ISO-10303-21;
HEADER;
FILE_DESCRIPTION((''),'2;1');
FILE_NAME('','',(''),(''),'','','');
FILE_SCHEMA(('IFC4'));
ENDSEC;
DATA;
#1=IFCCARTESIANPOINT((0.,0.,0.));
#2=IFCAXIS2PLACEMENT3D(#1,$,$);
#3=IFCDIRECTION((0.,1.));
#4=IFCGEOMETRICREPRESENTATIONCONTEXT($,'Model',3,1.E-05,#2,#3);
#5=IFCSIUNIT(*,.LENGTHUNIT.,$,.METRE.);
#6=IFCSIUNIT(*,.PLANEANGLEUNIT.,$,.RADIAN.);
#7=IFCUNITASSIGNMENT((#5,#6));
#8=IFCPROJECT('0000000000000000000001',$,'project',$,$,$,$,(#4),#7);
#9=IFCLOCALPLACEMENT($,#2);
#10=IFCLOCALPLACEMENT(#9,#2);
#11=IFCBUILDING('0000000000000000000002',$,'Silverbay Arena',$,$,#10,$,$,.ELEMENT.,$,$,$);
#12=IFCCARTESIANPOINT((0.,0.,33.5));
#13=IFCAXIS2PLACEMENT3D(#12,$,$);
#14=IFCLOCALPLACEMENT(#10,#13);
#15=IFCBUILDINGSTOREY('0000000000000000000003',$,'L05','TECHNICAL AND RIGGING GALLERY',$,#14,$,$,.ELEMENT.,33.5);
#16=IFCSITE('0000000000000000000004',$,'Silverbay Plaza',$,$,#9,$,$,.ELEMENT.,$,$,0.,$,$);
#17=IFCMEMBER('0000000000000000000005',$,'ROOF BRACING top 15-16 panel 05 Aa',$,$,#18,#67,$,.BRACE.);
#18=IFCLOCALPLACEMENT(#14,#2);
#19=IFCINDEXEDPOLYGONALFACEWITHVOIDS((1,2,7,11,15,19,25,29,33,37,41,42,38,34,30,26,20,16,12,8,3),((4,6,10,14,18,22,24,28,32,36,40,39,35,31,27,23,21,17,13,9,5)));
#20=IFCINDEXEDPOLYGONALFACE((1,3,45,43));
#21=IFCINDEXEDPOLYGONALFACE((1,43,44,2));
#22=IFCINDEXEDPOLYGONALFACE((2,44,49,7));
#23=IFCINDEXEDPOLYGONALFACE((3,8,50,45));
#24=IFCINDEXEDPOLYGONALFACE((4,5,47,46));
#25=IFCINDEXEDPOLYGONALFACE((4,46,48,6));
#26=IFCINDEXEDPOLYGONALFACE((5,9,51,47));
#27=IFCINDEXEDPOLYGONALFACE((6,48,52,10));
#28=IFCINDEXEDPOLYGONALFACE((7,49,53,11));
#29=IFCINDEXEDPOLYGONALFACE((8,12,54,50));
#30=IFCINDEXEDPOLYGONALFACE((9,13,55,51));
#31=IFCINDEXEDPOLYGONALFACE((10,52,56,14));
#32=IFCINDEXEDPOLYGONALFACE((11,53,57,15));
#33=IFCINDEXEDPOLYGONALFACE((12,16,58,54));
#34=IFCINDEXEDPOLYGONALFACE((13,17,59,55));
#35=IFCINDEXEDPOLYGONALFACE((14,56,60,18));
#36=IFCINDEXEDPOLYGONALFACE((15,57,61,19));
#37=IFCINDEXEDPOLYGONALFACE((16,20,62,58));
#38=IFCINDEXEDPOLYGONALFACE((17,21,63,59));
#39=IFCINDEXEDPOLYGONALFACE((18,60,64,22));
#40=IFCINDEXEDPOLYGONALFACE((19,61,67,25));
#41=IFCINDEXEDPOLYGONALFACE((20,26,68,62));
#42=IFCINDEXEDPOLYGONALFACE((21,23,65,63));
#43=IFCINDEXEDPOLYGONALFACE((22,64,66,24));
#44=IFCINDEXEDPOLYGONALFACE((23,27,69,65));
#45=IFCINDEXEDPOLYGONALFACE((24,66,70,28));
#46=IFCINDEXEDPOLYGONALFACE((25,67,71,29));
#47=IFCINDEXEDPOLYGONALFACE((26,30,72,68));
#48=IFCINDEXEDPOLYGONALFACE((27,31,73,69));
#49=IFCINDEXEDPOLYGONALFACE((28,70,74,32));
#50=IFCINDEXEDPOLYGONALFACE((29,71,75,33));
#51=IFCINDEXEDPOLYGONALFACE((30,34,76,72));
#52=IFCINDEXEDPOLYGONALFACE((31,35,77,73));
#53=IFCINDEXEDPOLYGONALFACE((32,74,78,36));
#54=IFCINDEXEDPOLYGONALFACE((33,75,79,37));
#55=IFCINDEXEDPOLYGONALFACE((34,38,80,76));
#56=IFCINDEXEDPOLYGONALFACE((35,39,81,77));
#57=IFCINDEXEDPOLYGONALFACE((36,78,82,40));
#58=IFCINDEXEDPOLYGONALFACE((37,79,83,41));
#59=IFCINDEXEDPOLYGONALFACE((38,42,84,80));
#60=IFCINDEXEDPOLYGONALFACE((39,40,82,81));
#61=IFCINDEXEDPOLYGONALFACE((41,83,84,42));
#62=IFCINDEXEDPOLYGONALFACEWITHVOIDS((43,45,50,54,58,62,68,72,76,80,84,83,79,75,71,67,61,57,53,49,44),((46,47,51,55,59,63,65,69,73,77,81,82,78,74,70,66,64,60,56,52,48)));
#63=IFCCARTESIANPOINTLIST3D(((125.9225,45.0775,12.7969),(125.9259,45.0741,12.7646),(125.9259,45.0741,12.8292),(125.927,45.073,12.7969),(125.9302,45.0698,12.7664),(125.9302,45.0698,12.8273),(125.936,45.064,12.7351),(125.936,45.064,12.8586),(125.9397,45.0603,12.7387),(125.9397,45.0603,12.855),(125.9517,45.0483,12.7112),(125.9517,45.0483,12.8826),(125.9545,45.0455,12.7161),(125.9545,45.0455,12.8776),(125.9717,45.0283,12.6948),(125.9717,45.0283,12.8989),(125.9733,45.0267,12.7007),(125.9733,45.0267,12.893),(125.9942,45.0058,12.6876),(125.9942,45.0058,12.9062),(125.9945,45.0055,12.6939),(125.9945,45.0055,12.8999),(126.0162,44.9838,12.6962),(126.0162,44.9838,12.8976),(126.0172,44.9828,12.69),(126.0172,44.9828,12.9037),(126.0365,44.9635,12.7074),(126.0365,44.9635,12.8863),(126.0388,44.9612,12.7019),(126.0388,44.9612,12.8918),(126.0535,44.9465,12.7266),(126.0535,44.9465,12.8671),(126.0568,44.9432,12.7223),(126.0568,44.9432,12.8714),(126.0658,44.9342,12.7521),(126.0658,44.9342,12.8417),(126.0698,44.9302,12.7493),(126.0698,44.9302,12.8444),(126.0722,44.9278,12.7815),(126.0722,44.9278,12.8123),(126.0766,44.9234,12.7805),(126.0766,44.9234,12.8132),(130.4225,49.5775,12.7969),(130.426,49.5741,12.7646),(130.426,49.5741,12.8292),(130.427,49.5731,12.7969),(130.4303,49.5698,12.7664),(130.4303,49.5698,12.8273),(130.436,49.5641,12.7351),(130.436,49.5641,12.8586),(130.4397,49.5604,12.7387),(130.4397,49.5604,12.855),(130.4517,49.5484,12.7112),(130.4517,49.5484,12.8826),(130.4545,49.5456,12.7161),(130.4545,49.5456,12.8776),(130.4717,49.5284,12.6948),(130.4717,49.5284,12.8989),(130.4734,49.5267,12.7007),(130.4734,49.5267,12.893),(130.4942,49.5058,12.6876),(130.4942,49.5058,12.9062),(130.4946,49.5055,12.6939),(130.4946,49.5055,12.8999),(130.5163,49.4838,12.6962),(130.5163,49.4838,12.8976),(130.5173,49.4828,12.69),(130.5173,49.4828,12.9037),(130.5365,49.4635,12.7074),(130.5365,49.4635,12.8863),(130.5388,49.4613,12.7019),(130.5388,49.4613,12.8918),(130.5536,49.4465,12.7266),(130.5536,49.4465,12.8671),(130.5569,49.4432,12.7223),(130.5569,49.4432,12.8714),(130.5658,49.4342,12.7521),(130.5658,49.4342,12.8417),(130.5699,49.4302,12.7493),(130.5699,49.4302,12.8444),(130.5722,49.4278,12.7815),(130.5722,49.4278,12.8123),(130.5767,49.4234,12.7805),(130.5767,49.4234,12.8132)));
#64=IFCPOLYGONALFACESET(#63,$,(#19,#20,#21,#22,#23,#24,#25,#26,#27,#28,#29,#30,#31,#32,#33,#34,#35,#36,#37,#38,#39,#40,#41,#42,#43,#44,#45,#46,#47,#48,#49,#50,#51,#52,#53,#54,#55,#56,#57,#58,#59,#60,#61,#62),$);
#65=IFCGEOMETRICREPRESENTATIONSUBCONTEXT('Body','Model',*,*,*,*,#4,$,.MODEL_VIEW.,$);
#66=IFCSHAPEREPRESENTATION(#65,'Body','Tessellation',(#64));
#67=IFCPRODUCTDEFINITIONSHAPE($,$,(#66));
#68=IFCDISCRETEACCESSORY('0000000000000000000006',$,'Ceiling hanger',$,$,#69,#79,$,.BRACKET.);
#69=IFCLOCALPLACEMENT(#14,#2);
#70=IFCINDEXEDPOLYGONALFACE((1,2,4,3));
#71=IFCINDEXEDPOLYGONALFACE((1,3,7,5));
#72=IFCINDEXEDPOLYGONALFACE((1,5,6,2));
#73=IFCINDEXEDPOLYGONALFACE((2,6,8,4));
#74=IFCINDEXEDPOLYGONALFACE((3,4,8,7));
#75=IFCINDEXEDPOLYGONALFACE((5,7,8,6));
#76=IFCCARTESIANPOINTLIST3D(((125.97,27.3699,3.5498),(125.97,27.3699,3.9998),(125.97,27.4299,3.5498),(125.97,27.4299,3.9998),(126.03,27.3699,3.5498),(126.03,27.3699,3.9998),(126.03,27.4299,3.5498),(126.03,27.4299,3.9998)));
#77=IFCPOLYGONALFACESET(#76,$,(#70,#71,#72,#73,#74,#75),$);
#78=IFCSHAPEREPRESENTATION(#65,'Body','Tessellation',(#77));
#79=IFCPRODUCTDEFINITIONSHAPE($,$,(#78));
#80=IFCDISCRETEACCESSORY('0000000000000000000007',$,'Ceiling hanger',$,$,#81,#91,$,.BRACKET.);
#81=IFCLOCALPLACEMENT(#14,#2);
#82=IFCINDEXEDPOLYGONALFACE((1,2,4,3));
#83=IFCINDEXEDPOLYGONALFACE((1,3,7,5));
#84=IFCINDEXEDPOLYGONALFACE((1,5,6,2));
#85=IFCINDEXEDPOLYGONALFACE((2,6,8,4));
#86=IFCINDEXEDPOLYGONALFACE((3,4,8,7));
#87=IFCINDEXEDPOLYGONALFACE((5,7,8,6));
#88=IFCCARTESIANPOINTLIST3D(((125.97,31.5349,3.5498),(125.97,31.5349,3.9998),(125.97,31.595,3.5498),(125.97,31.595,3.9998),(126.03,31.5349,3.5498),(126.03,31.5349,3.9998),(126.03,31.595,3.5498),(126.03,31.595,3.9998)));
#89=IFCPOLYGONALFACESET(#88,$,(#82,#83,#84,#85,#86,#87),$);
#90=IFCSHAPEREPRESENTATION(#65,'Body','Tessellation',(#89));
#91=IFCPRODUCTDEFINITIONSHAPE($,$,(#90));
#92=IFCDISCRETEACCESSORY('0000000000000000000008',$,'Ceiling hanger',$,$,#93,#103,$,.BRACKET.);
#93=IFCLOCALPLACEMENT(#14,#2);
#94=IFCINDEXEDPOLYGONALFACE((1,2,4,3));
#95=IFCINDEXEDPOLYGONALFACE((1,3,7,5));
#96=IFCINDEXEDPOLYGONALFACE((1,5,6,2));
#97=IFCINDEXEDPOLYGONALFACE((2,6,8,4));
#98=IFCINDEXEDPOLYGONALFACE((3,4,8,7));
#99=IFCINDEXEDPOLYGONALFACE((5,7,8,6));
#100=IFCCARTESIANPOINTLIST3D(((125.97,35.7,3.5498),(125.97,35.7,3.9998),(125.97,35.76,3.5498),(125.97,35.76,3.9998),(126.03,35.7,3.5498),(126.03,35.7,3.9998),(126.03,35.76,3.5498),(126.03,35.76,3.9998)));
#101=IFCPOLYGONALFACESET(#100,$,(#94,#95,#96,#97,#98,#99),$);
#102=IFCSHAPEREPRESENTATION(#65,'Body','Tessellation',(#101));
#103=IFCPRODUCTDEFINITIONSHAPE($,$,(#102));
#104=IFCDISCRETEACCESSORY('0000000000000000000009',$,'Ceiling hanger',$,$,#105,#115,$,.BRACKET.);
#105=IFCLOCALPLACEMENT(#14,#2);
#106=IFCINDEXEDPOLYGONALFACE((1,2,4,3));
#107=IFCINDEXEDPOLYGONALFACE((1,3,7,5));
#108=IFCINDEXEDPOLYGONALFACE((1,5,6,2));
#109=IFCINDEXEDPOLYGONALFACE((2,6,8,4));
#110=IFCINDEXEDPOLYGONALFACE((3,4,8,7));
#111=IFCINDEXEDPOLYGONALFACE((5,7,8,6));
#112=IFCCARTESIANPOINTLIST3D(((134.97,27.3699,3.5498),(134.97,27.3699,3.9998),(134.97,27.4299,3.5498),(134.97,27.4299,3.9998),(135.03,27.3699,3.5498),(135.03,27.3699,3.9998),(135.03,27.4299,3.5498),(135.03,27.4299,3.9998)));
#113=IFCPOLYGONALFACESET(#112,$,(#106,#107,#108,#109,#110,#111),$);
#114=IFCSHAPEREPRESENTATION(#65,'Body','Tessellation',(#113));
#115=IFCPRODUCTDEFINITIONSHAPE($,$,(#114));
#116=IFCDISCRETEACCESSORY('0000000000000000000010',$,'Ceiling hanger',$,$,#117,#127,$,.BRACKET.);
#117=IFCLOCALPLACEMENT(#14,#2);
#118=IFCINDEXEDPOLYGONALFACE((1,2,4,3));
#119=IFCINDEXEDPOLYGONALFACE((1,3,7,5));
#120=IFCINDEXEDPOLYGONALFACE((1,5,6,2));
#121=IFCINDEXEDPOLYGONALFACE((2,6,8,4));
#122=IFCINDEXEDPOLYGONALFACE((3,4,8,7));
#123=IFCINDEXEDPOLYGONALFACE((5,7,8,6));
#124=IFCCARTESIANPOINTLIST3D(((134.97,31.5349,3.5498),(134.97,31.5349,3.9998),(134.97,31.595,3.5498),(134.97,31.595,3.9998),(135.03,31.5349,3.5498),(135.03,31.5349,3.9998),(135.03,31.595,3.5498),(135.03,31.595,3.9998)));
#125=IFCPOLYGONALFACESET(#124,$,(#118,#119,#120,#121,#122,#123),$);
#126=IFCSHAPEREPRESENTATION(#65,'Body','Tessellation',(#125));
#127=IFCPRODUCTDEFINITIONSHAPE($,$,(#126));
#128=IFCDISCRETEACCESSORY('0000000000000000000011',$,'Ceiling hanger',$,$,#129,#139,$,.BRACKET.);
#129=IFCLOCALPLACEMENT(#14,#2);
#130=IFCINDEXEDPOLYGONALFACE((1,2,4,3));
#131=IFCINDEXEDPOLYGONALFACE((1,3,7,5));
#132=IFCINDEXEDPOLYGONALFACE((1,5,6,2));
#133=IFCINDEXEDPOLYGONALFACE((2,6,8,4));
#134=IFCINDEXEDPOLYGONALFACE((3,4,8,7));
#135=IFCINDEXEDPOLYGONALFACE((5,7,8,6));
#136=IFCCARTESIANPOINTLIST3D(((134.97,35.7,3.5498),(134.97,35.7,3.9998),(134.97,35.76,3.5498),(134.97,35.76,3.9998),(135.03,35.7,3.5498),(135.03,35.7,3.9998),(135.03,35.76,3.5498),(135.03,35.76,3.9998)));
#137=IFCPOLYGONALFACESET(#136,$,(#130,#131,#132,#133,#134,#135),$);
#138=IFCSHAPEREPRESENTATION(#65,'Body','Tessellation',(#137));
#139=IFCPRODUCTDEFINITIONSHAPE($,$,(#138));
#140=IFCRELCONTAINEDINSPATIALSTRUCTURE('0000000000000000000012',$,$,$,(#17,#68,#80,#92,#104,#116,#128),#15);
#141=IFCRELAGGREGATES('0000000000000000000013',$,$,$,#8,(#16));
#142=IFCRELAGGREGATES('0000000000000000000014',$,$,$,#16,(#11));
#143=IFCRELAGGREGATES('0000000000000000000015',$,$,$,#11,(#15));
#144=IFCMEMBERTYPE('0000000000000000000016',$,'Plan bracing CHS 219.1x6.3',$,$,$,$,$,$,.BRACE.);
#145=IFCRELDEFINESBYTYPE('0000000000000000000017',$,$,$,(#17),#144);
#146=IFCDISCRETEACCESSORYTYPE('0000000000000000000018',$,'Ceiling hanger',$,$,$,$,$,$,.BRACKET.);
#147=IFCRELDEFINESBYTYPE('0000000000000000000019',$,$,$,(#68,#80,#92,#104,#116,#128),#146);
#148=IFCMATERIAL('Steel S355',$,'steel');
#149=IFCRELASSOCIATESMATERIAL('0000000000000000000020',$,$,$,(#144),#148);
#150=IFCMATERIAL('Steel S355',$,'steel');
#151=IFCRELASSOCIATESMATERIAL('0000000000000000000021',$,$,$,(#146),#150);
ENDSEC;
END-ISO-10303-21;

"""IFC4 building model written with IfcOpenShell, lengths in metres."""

from ifc_helpers import new_model, si_unit, direction, frame, origin, origin_2d, place, context, subcontext, project, spatial, rectangle, hollow_circle, extrude, material, material_profile, profile_set, type_object, element, save


model = new_model("IFC4")

# Units and contexts
model_context = context("Model", 3, precision=1e-05, world=origin(), true_north=direction((0.0, 1.0)))
body_context = subcontext(model_context, "Body", "Model", "MODEL_VIEW")
ifc_project = project(units=[si_unit("LENGTHUNIT", "METRE"), si_unit("PLANEANGLEUNIT", "RADIAN")], contexts=[model_context])

# Site, building, storey
site_placement = place(None, origin())
site = spatial("IfcSite", under=ifc_project, at=site_placement, Name="Silverbay Plaza", CompositionType="ELEMENT", RefElevation=0.0)
building_placement = place(site_placement, origin())
building = spatial("IfcBuilding", under=site, at=building_placement, Name="Silverbay Arena", CompositionType="ELEMENT")
storey_placement = place(building_placement, frame((0.0, 0.0, 33.5)))
storey = spatial("IfcBuildingStorey", under=building, at=storey_placement, Name="L05", Description="TECHNICAL AND RIGGING GALLERY", CompositionType="ELEMENT", Elevation=33.5)

# Member
ifc_material_1 = material(Name="Steel S355", Category="steel")
ifc_material_profile_1 = material_profile(ifc_material_1, hollow_circle(Radius=0.1096, WallThickness=0.0063, at=origin_2d()), Name="CHS 219.1x6.3")
ifc_profile_set_1 = profile_set([ifc_material_profile_1], Name="Steel S355")
member_type_1 = type_object("IfcMemberType", Name="Plan bracing CHS 219.1x6.3", PredefinedType="BRACE", material=ifc_profile_set_1)
member_1_placement = place(storey_placement, frame((126.0, 45.0, 12.7969), z_axis=(0.707107, 0.707107, 0.0), x_axis=(-0.707107, 0.707107, 0.0)))
element("IfcMember", 1, at=member_1_placement, inside=storey, type_object=member_type_1, Name="ROOF BRACING top 15-16 panel 05 Aa", PredefinedType="BRACE", context=body_context, shape_type="SweptSolid", body=[
    extrude(hollow_circle(Radius=0.1096, WallThickness=0.0063, at=origin_2d()), origin(), (0.0, 0.0, 1.0), 6.364),
])

# Discrete accessories
ifc_material_2 = material(Name="Steel S355", Category="steel")
discrete_accessory_type = type_object("IfcDiscreteAccessoryType", Name="Ceiling hanger", PredefinedType="BRACKET", material=ifc_material_2)
for number, where, z_axis, x_axis, name in (
    (2, (126.0, 27.3999, 3.5498), (0.0, 0.0, 1.0), (1.0, 0.0, 0.0), "Ceiling hanger"),
    (3, (126.0, 31.5649, 3.5498), (0.0, 0.0, 1.0), (1.0, 0.0, 0.0), "Ceiling hanger"),
    (4, (126.0, 35.73, 3.5498), (0.0, 0.0, 1.0), (1.0, 0.0, 0.0), "Ceiling hanger"),
    (5, (135.0, 27.3999, 3.5498), (0.0, 0.0, 1.0), (1.0, 0.0, 0.0), "Ceiling hanger"),
    (6, (135.0, 31.5649, 3.5498), (0.0, 0.0, 1.0), (1.0, 0.0, 0.0), "Ceiling hanger"),
    (7, (135.0, 35.73, 3.5498), (0.0, 0.0, 1.0), (1.0, 0.0, 0.0), "Ceiling hanger"),
):
    element("IfcDiscreteAccessory", number, at=place(storey_placement, frame(where, z_axis=z_axis, x_axis=x_axis)), inside=storey, type_object=discrete_accessory_type, Name=name, PredefinedType="BRACKET", context=body_context, shape_type="SweptSolid", body=[
        extrude(rectangle(XDim=0.0601, YDim=0.0601, at=origin_2d()), origin(), (0.0, 0.0, 1.0), 0.45),
    ])

save(model, "model.ifc")
